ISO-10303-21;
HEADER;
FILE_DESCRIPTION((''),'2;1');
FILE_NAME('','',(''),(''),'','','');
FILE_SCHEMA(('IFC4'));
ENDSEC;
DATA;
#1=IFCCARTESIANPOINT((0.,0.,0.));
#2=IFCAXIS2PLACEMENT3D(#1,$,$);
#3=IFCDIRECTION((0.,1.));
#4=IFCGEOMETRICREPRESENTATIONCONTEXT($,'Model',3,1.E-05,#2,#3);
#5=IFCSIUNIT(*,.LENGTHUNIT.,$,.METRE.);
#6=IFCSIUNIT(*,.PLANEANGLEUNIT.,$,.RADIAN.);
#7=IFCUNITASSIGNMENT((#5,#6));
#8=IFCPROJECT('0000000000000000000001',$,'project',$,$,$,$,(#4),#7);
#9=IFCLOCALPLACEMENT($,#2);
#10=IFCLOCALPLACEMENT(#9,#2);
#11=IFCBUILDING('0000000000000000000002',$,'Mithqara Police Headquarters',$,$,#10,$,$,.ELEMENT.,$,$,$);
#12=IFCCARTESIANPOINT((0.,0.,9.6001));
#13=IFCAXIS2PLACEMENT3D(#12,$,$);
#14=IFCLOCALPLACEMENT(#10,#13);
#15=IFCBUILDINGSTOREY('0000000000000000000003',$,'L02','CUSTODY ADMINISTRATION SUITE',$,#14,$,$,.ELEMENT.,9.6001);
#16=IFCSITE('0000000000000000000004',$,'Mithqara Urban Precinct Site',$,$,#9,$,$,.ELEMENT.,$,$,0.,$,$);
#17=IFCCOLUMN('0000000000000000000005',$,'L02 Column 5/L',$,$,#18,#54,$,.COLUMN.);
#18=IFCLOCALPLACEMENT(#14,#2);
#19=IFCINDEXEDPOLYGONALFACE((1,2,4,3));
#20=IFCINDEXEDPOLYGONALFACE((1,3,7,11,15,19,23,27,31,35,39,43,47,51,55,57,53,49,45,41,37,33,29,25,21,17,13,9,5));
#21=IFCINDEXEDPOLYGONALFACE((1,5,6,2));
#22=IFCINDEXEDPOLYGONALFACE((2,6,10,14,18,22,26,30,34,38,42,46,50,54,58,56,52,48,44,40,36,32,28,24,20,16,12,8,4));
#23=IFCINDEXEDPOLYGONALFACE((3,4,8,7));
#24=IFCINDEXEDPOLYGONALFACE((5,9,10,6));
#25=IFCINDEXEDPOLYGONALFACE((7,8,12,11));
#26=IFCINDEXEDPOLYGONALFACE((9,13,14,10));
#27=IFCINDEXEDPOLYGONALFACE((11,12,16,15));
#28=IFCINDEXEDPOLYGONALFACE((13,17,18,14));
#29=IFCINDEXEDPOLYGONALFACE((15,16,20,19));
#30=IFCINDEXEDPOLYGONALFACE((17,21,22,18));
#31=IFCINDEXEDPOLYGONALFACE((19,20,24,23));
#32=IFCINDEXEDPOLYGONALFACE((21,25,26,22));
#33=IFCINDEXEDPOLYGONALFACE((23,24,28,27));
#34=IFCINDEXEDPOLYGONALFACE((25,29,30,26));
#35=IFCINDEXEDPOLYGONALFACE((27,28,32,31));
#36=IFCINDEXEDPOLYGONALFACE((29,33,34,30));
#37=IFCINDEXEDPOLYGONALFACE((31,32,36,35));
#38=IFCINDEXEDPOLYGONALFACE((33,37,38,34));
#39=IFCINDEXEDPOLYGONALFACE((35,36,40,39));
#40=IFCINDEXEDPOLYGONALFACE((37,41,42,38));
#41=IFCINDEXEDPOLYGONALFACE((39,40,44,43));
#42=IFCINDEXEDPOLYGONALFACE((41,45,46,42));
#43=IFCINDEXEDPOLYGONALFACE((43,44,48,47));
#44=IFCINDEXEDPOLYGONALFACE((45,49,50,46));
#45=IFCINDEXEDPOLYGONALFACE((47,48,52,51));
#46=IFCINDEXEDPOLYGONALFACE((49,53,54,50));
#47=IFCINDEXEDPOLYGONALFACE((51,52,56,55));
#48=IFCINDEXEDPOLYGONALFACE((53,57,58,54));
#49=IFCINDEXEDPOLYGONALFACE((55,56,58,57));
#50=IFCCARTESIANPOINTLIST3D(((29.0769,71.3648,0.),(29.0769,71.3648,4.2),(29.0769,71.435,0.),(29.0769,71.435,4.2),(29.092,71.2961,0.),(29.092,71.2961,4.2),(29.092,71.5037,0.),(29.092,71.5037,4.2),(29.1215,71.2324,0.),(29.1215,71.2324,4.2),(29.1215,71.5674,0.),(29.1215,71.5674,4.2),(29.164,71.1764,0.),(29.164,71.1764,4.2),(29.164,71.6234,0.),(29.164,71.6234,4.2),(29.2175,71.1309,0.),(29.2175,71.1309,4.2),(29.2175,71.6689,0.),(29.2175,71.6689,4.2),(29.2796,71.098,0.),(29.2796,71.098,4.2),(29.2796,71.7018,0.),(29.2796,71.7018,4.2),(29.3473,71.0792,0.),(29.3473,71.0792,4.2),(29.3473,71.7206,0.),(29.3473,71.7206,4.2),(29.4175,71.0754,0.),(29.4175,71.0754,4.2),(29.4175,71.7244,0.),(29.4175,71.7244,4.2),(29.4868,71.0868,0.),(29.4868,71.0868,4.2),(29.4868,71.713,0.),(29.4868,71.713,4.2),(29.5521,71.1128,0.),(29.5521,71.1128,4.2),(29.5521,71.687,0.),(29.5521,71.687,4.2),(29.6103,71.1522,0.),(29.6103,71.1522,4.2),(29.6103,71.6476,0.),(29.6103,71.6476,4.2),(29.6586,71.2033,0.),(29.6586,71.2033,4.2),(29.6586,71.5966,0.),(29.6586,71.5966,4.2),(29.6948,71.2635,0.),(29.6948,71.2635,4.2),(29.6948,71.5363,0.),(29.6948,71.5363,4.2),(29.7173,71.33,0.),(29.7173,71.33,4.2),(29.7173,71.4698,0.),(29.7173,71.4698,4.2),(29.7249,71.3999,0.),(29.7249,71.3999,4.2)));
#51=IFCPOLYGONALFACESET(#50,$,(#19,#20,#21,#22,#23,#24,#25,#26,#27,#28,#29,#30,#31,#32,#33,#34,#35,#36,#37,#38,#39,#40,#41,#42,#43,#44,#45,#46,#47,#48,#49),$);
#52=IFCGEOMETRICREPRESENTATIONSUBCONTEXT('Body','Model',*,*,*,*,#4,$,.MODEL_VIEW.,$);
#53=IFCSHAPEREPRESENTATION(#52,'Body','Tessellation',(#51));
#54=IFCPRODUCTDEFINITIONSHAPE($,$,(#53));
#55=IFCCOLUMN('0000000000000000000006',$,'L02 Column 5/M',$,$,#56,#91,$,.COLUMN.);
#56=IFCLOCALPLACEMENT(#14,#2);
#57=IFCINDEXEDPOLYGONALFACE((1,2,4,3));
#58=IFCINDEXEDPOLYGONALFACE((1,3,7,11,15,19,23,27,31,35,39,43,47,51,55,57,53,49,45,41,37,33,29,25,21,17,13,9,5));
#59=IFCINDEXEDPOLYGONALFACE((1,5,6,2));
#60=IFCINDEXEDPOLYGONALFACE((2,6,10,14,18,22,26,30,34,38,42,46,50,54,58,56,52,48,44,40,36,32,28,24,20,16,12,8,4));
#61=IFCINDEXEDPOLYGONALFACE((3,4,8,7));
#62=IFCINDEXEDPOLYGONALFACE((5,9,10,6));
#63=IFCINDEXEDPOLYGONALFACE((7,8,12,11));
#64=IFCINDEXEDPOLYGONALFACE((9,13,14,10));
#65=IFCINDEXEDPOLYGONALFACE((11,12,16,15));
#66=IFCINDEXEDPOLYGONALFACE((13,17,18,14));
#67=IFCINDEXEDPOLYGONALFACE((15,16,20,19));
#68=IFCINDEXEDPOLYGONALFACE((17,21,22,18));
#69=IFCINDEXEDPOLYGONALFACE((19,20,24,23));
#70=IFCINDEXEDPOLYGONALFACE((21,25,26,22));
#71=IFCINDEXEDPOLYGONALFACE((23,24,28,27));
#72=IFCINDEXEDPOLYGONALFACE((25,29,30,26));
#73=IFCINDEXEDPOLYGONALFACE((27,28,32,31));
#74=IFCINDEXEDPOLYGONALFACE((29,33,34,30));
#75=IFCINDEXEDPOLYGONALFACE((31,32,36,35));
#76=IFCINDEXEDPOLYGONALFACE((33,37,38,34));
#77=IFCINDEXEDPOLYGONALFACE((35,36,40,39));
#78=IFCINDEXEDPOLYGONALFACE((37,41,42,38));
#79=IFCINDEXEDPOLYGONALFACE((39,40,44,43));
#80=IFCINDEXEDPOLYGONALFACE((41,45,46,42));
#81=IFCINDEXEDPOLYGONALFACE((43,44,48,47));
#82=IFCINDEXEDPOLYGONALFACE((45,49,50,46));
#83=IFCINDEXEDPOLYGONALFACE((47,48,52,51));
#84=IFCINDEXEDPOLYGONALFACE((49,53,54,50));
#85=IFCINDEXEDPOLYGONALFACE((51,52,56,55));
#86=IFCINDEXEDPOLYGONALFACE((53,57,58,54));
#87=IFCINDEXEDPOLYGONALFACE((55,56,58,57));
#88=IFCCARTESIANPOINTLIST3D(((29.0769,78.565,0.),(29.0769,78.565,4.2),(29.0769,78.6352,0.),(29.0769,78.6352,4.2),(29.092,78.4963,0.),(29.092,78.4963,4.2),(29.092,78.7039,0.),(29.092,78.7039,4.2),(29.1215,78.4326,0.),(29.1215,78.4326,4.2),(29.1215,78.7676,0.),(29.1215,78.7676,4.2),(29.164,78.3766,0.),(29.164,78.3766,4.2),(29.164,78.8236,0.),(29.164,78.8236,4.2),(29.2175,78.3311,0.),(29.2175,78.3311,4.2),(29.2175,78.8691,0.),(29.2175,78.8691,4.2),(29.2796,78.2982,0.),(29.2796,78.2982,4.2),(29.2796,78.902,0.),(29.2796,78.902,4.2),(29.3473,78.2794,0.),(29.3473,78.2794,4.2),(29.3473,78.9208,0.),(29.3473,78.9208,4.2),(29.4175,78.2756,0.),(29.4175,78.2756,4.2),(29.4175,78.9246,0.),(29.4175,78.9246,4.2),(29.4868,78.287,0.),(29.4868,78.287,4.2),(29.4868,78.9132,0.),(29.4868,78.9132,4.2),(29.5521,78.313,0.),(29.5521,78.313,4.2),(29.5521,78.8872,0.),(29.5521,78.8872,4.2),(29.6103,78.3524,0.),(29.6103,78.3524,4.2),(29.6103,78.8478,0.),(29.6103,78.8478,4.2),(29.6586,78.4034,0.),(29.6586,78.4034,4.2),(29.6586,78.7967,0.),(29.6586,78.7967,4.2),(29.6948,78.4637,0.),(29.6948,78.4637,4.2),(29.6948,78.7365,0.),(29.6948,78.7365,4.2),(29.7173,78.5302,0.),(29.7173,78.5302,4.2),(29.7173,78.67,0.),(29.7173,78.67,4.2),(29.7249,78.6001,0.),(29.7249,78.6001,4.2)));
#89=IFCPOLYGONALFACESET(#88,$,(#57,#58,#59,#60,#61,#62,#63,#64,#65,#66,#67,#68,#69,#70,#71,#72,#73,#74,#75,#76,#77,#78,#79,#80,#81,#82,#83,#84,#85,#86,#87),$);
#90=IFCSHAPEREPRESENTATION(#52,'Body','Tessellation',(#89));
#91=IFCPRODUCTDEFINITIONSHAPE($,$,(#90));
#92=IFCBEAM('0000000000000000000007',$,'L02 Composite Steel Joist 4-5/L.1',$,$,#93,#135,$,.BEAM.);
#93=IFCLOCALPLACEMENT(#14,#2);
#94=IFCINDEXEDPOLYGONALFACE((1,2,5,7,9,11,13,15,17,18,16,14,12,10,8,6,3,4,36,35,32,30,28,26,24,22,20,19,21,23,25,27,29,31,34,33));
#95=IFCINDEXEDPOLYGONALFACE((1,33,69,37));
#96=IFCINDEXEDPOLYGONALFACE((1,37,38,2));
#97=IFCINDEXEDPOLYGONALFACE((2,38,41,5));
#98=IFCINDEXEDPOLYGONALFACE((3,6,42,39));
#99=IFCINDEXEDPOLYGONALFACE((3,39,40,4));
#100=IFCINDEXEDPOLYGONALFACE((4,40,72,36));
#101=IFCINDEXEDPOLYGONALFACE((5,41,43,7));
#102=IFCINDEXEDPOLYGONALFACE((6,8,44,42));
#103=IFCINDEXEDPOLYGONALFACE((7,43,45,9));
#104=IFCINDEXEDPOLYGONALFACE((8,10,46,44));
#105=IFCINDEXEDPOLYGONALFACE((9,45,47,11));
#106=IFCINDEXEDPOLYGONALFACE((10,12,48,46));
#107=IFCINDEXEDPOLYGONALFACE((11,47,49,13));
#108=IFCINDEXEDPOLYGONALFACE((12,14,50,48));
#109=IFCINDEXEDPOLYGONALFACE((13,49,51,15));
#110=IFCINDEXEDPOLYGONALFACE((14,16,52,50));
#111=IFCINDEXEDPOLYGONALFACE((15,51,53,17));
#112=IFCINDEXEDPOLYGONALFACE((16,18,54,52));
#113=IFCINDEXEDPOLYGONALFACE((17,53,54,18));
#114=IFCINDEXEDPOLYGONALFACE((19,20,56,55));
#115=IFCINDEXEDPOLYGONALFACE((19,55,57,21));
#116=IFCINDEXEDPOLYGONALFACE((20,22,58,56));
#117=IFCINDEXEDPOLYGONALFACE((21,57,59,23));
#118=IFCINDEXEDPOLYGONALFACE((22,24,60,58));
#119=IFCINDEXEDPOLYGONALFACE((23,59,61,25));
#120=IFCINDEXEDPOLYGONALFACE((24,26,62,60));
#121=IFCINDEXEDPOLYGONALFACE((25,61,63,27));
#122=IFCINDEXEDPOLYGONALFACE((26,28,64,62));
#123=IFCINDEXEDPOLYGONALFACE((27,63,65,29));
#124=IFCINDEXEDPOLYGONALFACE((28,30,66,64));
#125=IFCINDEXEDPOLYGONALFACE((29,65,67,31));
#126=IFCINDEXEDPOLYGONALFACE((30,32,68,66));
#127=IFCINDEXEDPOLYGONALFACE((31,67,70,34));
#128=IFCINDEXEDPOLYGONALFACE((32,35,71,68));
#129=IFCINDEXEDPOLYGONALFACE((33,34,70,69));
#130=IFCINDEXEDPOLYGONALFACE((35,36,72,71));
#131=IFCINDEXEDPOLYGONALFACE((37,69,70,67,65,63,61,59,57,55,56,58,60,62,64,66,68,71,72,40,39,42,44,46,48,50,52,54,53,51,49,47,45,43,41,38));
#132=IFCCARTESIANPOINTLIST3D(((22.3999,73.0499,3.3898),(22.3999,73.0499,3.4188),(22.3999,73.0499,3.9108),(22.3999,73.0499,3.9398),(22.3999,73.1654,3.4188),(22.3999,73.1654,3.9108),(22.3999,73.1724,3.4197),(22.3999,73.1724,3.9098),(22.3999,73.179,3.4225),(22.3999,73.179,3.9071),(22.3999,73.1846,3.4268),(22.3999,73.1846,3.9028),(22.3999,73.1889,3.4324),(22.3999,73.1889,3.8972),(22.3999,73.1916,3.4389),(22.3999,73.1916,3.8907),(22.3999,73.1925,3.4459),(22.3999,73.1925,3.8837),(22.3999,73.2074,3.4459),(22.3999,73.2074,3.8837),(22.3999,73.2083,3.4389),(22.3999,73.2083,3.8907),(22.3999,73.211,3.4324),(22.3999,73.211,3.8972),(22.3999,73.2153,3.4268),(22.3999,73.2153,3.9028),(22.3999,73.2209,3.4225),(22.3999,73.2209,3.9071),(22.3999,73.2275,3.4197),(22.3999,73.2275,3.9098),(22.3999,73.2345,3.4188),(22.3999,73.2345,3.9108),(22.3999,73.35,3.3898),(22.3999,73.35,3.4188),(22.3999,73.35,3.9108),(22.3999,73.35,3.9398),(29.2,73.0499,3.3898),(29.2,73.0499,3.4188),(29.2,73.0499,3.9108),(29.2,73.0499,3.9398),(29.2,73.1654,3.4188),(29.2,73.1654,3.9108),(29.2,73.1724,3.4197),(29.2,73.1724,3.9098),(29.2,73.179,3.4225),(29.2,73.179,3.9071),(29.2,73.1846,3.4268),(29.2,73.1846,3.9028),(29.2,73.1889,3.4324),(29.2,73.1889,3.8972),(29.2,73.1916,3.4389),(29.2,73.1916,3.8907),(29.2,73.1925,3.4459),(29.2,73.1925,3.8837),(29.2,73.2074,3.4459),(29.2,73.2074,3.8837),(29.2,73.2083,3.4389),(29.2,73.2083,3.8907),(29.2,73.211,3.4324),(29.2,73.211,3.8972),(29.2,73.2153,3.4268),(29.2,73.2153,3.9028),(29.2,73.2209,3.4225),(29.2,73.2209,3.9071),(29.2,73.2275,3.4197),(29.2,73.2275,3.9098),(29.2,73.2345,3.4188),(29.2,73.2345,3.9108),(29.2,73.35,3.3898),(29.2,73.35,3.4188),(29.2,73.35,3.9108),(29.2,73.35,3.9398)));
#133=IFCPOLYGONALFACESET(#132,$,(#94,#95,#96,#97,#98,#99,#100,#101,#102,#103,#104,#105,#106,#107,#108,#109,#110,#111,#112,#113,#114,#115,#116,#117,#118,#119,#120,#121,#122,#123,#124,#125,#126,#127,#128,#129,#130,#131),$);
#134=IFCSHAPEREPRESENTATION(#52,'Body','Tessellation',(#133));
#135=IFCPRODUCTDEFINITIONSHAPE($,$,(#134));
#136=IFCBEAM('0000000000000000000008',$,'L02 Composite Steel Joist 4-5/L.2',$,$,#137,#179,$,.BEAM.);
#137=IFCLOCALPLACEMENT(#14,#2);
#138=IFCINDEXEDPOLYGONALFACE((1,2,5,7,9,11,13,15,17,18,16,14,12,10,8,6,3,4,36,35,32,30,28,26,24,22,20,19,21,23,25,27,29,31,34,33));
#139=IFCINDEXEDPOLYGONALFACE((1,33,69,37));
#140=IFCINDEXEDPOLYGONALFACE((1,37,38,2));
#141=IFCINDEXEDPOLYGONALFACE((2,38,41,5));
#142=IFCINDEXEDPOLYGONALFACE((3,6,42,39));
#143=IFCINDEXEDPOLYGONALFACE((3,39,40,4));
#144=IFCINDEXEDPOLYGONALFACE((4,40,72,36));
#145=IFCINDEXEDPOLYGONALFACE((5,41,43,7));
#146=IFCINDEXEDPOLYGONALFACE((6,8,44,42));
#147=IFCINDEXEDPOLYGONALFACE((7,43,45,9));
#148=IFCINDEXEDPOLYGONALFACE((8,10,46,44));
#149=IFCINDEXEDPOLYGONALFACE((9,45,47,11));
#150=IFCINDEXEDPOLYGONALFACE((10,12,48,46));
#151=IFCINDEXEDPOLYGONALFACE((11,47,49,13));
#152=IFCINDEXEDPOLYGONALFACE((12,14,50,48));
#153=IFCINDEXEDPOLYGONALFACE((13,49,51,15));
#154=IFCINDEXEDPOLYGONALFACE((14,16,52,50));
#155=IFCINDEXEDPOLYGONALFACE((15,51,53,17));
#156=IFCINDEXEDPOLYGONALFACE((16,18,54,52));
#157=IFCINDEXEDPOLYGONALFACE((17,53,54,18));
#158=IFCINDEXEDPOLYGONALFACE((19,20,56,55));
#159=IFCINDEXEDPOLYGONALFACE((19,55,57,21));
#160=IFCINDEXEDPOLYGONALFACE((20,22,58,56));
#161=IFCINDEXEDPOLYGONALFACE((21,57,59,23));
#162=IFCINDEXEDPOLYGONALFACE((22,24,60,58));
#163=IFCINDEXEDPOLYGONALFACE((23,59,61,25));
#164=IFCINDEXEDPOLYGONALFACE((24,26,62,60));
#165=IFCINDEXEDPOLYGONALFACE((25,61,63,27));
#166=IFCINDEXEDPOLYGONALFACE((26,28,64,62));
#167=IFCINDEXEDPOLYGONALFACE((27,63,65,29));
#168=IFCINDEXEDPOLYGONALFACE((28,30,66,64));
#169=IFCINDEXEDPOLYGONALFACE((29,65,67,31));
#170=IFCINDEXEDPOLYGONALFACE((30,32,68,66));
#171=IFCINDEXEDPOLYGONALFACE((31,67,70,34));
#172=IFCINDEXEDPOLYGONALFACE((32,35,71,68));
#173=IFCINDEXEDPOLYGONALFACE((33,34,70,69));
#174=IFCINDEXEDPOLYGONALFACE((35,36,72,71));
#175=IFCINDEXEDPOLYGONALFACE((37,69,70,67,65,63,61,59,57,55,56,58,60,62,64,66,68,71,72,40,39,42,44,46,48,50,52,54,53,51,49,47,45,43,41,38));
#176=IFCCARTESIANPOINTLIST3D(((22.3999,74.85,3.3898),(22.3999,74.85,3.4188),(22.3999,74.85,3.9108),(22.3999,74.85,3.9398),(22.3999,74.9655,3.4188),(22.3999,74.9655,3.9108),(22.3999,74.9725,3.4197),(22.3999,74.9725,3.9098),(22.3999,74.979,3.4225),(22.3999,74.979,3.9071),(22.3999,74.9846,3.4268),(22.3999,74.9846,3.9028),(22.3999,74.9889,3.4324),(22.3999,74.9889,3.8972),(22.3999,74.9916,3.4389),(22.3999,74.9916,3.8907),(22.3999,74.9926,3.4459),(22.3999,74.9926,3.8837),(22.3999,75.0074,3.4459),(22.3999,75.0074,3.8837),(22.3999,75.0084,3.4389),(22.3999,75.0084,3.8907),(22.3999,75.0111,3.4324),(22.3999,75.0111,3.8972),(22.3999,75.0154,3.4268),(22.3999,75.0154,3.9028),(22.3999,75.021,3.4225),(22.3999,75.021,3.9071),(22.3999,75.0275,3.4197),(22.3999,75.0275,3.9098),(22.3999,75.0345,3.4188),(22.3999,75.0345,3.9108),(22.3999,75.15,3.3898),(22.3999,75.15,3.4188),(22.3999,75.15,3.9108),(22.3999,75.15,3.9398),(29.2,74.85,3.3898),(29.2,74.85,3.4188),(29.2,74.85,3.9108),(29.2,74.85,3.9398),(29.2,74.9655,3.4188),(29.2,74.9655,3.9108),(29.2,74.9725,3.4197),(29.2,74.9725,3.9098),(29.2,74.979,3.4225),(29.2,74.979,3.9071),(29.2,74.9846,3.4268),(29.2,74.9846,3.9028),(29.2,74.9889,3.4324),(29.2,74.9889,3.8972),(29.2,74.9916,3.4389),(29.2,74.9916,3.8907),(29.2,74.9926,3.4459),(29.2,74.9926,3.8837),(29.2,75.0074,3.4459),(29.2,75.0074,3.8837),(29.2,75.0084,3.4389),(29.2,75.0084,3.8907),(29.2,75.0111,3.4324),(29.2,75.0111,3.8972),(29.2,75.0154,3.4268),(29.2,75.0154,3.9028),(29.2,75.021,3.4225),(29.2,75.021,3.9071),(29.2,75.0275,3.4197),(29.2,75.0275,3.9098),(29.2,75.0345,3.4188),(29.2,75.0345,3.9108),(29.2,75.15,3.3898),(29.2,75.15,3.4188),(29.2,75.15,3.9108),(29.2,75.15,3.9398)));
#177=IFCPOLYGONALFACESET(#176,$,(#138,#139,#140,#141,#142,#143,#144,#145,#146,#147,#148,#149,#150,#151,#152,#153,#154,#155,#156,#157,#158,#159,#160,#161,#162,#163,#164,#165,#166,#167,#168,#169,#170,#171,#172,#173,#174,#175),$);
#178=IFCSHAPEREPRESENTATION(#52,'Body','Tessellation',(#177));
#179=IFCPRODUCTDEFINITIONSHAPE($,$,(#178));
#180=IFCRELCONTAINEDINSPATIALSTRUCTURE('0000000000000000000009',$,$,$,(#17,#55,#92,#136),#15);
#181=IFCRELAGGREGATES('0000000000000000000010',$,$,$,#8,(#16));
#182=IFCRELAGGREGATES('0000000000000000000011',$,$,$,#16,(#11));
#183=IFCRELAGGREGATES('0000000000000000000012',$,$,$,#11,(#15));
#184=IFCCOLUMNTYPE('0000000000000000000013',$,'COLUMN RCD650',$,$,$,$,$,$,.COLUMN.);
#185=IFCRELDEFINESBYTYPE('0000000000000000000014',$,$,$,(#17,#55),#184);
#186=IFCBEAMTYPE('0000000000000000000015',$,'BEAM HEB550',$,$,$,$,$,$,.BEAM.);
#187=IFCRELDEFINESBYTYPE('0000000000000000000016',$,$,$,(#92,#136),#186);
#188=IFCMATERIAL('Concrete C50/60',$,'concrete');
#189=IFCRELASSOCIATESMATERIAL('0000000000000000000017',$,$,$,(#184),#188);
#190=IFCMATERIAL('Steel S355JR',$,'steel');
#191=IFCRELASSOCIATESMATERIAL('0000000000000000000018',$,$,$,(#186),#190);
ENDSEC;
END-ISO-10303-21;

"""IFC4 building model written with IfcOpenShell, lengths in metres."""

from ifc_helpers import new_model, si_unit, direction, frame, origin, origin_2d, place, context, subcontext, project, spatial, circle, i_section, extrude, material, material_profile, profile_set, type_object, element, save


model = new_model("IFC4")

# Units and contexts
model_context = context("Model", 3, precision=1e-05, world=origin(), true_north=direction((0.0, 1.0)))
body_context = subcontext(model_context, "Body", "Model", "MODEL_VIEW")
ifc_project = project(units=[si_unit("LENGTHUNIT", "METRE"), si_unit("PLANEANGLEUNIT", "RADIAN")], contexts=[model_context])

# Site, building, storey
site_placement = place(None, origin())
site = spatial("IfcSite", under=ifc_project, at=site_placement, Name="Mithqara Urban Precinct Site", CompositionType="ELEMENT", RefElevation=0.0)
building_placement = place(site_placement, origin())
building = spatial("IfcBuilding", under=site, at=building_placement, Name="Mithqara Police Headquarters", CompositionType="ELEMENT")
storey_placement = place(building_placement, frame((0.0, 0.0, 9.6001)))
storey = spatial("IfcBuildingStorey", under=building, at=storey_placement, Name="L02", Description="CUSTODY ADMINISTRATION SUITE", CompositionType="ELEMENT", Elevation=9.6001)

# Columns
ifc_material_1 = material(Name="Concrete C50/60", Category="concrete")
ifc_material_profile_1 = material_profile(ifc_material_1, circle(Radius=0.325, at=origin_2d()), Name="RCD 650")
ifc_profile_set_1 = profile_set([ifc_material_profile_1], Name="Concrete C50/60")
column_type = type_object("IfcColumnType", Name="COLUMN RCD650", PredefinedType="COLUMN", material=ifc_profile_set_1)
for number, where, z_axis, x_axis, name in (
    (1, (29.3999, 71.3999, 0.0), (0.0, 0.0, 1.0), (1.0, 0.0, 0.0), "L02 Column 5/L"),
    (2, (29.3999, 78.6001, 0.0), (0.0, 0.0, 1.0), (1.0, 0.0, 0.0), "L02 Column 5/M"),
):
    element("IfcColumn", number, at=place(storey_placement, frame(where, z_axis=z_axis, x_axis=x_axis)), inside=storey, type_object=column_type, Name=name, PredefinedType="COLUMN", context=body_context, shape_type="SweptSolid", body=[
        extrude(circle(Radius=0.325, at=origin_2d()), origin(), (0.0, 0.0, 1.0), 4.2),
    ])

# Beams
ifc_material_2 = material(Name="Steel S355JR", Category="steel")
ifc_material_profile_2 = material_profile(ifc_material_2, i_section(OverallWidth=0.3, OverallDepth=0.55, WebThickness=0.0149, FlangeThickness=0.0291, FilletRadius=0.0271, at=origin_2d()), Name="HEB 550")
ifc_profile_set_2 = profile_set([ifc_material_profile_2], Name="Steel S355JR")
beam_type_1 = type_object("IfcBeamType", Name="BEAM HEB550", PredefinedType="BEAM", material=ifc_profile_set_2)
for number, where, z_axis, x_axis, name in (
    (3, (22.3999, 73.2, 3.6648), (1.0, 0.0, 0.0), (0.0, 1.0, 0.0), "L02 Composite Steel Joist 4-5/L.1"),
    (4, (22.3999, 75.0, 3.6648), (1.0, 0.0, 0.0), (0.0, 1.0, 0.0), "L02 Composite Steel Joist 4-5/L.2"),
):
    element("IfcBeam", number, at=place(storey_placement, frame(where, z_axis=z_axis, x_axis=x_axis)), inside=storey, type_object=beam_type_1, Name=name, PredefinedType="BEAM", context=body_context, shape_type="SweptSolid", body=[
        extrude(i_section(OverallWidth=0.3, OverallDepth=0.55, WebThickness=0.0149, FlangeThickness=0.0291, FilletRadius=0.0271, at=origin_2d()), origin(), (0.0, 0.0, 1.0), 6.8),
    ])

save(model, "model.ifc")
